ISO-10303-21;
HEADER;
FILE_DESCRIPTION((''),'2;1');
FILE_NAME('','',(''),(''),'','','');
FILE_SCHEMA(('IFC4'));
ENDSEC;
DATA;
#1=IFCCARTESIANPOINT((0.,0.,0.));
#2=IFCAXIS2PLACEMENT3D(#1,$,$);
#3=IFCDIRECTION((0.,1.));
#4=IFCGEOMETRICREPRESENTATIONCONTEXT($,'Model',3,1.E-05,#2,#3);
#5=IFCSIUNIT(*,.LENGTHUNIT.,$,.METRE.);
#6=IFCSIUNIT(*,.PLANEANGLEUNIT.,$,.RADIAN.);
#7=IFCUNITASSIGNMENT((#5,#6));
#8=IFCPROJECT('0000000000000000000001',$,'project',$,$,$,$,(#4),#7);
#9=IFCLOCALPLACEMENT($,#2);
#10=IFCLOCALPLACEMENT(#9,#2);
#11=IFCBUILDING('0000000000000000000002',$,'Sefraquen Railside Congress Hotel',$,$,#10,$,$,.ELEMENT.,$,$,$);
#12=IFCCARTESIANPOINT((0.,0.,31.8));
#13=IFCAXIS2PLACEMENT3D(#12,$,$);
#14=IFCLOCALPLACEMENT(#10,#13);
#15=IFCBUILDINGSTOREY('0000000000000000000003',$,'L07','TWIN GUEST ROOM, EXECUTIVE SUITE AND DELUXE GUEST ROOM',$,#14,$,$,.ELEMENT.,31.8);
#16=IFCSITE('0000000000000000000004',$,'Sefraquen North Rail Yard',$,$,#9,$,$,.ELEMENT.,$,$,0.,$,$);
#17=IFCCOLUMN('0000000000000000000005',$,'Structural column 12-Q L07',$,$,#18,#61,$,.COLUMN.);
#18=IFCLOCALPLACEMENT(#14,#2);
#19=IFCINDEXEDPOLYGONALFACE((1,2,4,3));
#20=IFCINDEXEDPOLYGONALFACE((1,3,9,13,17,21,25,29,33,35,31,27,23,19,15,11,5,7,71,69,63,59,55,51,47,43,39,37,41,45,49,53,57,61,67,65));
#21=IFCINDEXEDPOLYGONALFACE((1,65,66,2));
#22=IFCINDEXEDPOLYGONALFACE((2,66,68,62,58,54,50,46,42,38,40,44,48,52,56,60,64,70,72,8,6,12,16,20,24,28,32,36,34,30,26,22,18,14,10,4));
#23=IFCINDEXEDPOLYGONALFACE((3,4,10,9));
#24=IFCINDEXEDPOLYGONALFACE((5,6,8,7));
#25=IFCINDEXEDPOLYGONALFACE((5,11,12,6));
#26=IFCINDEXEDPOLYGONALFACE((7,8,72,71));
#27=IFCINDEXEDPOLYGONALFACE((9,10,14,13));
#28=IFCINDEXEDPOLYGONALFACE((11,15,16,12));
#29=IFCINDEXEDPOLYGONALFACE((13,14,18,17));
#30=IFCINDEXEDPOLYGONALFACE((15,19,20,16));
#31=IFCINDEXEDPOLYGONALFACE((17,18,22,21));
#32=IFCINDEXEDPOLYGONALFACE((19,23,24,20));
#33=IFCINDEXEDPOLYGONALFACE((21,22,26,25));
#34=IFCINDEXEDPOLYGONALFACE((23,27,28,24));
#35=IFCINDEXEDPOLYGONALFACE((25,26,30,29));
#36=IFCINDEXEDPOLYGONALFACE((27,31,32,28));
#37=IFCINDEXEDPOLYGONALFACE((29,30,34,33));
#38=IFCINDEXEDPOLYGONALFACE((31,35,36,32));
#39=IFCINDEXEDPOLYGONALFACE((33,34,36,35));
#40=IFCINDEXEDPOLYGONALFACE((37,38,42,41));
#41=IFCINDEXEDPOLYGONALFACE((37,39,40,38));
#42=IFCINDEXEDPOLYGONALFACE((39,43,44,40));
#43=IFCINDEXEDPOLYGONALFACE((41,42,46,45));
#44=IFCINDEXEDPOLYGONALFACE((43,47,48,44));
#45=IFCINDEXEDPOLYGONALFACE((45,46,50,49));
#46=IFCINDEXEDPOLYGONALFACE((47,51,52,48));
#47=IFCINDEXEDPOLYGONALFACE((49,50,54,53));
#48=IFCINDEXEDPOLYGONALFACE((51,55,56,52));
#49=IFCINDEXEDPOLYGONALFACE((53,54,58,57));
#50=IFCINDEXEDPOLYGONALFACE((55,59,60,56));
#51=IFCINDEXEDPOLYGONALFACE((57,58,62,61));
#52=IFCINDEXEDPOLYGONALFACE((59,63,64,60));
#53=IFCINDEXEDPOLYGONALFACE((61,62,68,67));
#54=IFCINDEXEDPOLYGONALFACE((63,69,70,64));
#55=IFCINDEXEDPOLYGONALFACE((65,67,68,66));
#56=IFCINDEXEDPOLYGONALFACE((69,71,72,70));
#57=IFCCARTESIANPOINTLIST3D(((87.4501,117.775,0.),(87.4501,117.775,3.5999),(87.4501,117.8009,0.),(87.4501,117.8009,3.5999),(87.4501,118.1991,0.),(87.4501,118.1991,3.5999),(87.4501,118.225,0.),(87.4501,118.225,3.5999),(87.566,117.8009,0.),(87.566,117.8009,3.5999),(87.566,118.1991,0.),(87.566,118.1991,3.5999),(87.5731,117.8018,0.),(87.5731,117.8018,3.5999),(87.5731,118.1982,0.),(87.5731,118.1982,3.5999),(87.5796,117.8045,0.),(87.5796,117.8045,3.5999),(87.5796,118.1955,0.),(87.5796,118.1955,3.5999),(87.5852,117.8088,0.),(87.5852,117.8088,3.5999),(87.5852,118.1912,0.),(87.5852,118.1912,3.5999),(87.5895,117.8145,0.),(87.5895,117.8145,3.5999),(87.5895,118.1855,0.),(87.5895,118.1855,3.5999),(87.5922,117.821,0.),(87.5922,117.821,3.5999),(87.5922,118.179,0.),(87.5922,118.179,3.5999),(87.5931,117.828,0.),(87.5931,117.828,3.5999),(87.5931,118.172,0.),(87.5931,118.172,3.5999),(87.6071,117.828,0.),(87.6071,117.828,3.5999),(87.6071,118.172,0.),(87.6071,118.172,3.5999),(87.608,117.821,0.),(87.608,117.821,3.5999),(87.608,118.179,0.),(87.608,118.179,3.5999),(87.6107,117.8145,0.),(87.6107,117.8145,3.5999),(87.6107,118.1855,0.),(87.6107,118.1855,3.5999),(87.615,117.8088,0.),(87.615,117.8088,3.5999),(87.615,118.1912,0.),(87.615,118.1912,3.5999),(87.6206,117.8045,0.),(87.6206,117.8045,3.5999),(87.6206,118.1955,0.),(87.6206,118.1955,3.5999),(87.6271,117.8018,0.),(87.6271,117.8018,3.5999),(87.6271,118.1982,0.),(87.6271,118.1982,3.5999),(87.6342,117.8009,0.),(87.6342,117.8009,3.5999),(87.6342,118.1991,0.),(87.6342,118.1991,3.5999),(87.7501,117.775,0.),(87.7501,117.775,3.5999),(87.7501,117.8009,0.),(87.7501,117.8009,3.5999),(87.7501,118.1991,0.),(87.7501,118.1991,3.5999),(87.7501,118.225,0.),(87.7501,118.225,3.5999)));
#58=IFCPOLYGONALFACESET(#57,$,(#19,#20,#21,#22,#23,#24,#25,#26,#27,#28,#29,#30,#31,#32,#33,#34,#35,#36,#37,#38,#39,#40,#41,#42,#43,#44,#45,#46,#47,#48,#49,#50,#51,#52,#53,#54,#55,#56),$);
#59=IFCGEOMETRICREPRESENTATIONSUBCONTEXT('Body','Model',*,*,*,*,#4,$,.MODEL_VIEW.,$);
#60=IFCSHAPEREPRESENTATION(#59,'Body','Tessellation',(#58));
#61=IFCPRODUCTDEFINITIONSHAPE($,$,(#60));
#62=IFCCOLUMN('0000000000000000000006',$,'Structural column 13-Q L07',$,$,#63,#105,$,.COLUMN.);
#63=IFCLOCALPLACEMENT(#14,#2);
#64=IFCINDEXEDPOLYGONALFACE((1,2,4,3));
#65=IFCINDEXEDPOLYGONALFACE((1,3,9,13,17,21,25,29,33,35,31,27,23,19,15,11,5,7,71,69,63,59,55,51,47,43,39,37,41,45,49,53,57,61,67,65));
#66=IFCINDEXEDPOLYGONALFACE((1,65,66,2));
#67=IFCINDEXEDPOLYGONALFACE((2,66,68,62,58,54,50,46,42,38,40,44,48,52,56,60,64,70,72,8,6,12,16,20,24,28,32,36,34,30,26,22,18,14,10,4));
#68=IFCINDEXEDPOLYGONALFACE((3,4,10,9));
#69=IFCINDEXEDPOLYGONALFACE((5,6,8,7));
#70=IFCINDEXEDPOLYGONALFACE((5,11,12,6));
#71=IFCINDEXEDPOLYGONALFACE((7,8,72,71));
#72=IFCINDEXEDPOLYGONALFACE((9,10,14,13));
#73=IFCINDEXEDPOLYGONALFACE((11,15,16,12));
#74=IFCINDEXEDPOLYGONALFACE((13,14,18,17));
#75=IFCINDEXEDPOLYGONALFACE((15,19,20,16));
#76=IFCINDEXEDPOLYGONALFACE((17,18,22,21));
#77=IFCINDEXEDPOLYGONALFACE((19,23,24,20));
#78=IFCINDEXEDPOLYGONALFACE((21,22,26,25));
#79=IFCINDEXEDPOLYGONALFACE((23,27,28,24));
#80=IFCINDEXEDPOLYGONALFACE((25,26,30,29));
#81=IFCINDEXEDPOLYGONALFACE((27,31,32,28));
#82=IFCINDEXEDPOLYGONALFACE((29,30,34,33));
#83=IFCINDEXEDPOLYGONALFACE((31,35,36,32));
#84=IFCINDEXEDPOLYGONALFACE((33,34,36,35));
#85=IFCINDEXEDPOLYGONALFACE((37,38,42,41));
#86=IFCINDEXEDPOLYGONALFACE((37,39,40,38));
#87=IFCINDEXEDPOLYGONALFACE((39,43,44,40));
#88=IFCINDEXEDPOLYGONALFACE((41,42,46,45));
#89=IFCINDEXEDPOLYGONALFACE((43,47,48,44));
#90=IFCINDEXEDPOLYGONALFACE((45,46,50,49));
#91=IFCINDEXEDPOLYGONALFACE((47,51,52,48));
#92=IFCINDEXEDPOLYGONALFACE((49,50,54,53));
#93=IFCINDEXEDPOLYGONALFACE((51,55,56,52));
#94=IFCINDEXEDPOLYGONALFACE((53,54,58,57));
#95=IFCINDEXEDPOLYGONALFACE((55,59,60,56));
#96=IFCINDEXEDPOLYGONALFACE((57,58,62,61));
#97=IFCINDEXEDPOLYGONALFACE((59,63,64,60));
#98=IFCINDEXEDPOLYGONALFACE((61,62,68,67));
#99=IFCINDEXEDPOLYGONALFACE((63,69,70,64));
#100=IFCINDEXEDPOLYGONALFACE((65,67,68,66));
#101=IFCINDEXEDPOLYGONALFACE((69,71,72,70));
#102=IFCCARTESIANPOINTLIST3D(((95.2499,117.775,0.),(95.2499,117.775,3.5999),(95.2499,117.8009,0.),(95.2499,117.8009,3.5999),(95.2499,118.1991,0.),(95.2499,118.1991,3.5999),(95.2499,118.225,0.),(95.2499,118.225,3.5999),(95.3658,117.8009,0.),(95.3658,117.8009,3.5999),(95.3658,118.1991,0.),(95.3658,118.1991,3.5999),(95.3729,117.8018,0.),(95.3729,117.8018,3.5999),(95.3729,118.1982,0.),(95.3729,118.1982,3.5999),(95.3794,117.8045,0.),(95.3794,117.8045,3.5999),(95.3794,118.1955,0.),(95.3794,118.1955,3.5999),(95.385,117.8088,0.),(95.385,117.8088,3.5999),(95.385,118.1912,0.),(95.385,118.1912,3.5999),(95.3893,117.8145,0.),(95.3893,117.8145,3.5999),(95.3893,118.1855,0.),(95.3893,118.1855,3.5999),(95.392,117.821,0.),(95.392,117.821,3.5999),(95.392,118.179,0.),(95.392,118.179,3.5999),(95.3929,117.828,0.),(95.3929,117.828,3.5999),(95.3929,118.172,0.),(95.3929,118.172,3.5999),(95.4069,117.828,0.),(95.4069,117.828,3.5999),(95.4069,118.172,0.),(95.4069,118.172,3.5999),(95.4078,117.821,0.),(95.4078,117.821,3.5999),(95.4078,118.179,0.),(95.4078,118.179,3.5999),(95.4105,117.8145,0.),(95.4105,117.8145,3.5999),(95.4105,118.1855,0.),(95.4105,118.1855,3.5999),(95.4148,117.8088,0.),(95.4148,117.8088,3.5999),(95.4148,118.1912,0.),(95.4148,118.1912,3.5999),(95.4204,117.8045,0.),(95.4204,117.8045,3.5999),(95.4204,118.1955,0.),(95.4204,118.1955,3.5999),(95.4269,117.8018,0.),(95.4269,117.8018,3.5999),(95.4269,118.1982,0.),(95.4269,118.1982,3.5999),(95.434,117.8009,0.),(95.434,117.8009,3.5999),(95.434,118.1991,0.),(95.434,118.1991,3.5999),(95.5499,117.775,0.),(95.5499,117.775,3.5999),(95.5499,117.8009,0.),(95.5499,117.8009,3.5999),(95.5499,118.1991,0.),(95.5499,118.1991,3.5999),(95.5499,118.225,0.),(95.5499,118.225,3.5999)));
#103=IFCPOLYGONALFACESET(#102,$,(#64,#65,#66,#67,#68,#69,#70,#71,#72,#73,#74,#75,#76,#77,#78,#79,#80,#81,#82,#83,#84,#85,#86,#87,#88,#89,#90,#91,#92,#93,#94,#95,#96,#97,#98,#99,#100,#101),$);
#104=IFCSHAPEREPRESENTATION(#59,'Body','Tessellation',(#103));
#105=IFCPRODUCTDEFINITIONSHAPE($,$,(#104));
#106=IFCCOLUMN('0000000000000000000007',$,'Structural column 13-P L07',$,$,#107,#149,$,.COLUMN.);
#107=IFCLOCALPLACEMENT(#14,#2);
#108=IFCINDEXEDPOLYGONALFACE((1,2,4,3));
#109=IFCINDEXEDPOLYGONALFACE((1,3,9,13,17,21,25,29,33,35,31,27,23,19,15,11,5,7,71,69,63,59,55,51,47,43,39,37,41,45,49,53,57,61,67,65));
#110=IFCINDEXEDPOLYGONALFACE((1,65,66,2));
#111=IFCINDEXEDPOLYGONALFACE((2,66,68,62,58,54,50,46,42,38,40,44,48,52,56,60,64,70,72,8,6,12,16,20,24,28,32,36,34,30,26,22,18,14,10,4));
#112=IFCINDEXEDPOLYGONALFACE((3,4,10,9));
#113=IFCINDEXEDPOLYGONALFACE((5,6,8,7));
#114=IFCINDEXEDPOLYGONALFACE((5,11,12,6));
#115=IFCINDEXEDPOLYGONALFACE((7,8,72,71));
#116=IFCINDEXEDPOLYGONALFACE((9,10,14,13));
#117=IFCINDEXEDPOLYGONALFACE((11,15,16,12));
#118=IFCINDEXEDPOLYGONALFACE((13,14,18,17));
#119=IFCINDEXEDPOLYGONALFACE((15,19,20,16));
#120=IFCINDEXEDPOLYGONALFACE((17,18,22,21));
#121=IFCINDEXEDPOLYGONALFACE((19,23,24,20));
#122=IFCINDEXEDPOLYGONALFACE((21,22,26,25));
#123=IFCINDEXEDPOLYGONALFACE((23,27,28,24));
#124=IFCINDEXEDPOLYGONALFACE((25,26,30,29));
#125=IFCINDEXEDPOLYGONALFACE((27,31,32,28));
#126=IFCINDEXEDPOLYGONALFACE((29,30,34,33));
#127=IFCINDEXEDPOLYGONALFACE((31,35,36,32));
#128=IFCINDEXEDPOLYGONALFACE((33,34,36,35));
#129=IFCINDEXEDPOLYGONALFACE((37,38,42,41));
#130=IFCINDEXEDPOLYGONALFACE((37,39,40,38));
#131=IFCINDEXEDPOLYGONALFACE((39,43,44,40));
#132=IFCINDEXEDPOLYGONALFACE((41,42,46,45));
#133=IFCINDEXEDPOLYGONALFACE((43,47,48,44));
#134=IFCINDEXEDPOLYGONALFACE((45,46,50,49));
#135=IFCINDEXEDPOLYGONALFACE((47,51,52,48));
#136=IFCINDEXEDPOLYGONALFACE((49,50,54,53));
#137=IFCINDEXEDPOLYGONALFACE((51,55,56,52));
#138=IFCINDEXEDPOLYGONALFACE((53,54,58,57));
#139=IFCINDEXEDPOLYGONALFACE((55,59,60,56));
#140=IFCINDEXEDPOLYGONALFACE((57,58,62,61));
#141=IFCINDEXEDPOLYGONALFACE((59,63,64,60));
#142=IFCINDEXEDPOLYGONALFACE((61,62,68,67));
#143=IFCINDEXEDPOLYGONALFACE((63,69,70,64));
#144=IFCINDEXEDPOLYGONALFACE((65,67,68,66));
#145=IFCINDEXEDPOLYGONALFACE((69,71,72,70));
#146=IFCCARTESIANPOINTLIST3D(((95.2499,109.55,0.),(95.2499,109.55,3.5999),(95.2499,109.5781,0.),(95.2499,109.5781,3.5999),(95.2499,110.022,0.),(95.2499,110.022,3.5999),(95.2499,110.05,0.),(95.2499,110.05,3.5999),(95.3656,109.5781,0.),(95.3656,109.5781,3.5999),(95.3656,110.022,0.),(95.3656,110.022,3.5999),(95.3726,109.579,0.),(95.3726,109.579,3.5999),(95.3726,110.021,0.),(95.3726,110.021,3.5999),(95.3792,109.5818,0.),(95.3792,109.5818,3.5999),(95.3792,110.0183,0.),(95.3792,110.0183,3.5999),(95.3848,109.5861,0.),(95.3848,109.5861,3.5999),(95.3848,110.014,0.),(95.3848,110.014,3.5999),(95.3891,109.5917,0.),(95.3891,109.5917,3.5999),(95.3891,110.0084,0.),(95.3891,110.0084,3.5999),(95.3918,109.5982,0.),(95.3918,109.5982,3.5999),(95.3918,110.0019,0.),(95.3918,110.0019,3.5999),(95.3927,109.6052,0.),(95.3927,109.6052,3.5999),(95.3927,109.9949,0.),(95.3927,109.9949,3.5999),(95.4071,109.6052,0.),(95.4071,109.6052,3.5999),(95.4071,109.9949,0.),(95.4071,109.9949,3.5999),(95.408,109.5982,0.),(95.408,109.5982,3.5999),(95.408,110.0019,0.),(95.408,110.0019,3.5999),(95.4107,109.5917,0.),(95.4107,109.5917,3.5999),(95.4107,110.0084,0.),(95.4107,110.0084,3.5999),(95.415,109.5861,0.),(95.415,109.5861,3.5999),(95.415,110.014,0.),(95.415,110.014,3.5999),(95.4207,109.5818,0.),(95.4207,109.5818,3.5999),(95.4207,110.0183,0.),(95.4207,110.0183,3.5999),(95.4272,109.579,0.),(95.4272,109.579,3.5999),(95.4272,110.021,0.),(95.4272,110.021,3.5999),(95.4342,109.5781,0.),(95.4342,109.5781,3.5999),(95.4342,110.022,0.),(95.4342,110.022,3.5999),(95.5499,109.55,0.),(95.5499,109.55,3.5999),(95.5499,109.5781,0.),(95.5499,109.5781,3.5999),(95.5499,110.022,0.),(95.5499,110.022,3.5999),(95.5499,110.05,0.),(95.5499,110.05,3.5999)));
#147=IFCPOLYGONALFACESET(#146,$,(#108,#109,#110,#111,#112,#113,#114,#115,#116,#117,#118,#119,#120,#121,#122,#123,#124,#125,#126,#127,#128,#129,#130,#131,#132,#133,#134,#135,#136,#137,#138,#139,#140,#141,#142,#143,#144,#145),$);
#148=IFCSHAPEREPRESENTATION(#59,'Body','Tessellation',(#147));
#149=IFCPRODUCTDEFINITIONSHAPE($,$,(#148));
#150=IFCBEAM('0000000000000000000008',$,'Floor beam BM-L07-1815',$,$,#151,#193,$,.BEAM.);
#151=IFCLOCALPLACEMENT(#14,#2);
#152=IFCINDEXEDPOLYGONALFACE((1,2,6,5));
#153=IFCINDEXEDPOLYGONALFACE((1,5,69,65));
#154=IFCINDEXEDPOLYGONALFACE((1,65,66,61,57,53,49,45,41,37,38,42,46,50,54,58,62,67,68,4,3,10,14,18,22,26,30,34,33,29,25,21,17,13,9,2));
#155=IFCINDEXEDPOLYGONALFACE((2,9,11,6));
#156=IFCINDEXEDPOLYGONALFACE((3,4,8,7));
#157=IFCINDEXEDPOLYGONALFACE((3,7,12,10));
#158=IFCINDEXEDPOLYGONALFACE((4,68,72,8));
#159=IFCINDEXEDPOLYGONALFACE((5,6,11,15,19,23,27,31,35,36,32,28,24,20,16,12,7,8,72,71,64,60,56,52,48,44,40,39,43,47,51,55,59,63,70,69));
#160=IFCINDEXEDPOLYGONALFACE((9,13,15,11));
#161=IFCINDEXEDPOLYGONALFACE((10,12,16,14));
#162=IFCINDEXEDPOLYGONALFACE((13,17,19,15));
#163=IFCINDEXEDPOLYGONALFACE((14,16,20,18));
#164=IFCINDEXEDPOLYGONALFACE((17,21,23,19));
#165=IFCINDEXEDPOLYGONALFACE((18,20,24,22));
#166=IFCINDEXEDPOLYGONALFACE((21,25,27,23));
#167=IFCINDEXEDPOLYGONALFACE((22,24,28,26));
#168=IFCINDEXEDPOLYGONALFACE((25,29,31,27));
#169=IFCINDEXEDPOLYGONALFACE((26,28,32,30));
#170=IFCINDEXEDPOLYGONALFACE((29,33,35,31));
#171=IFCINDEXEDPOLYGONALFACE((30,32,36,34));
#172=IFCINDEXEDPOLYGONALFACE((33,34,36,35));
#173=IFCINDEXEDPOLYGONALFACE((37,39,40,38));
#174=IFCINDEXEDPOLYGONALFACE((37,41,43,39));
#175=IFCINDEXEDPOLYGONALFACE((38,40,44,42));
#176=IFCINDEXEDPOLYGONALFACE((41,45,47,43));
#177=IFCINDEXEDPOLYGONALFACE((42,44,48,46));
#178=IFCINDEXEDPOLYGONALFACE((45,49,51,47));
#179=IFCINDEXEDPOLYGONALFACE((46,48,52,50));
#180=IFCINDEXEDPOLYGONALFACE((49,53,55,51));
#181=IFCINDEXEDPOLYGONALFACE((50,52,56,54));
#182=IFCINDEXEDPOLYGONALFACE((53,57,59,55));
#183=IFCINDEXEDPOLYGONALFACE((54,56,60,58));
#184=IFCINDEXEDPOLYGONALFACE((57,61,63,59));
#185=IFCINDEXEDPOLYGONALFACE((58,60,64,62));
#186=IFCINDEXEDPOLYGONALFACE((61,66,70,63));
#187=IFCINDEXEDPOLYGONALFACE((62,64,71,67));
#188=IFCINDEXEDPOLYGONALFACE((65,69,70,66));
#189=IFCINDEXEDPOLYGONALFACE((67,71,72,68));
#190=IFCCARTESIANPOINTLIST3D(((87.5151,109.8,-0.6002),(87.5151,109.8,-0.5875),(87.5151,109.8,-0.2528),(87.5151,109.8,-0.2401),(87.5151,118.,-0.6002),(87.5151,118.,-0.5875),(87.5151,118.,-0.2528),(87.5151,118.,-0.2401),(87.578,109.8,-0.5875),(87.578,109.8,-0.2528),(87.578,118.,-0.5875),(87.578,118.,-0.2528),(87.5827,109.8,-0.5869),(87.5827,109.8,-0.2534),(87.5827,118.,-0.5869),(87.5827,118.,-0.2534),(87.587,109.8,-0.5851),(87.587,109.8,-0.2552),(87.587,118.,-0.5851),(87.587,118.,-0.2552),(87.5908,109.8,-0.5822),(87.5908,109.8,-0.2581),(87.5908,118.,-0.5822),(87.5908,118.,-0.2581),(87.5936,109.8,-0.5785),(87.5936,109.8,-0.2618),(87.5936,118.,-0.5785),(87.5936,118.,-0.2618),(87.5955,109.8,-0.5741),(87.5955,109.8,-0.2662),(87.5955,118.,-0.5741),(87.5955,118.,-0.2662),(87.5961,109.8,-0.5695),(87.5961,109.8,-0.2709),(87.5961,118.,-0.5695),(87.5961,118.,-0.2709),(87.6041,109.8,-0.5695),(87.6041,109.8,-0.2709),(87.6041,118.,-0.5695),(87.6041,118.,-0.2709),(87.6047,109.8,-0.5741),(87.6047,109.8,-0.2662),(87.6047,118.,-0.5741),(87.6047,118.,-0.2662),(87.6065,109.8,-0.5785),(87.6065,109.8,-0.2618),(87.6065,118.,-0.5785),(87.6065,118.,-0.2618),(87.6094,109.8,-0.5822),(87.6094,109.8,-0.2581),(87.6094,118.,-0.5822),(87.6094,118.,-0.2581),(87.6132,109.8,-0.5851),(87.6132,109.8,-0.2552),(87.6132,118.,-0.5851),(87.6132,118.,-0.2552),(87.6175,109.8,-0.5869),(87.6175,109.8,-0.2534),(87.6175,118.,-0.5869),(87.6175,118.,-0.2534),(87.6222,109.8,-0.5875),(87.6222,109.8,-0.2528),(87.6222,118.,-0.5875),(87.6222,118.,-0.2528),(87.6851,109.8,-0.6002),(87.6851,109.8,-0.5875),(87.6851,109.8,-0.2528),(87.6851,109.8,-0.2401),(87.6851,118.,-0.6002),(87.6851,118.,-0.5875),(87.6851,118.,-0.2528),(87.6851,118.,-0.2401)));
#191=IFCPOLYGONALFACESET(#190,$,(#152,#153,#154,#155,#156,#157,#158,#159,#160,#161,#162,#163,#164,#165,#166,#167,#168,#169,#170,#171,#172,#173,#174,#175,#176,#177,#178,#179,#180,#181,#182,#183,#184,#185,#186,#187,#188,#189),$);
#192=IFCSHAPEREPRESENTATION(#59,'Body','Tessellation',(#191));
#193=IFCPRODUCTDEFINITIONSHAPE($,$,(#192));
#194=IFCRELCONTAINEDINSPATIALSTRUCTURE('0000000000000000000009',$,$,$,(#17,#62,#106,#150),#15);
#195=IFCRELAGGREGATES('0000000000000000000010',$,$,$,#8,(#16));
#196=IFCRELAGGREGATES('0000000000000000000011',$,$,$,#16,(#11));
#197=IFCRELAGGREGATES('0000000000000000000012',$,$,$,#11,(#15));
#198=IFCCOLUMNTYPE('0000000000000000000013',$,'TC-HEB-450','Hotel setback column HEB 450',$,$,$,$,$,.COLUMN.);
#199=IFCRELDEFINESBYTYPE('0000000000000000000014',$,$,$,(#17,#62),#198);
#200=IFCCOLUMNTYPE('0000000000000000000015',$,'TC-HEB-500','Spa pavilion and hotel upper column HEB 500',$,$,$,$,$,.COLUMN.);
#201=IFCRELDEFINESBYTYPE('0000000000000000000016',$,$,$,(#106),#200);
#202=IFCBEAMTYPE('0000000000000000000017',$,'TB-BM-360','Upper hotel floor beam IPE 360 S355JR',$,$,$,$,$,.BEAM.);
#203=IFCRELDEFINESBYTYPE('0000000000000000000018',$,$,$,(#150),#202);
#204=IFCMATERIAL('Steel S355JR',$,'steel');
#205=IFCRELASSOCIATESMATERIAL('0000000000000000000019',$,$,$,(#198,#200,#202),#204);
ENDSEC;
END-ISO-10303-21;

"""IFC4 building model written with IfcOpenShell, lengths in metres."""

from ifc_helpers import new_model, si_unit, direction, frame, origin, origin_2d, place, context, subcontext, project, spatial, i_section, extrude, material, material_profile, profile_set, type_object, element, save


model = new_model("IFC4")

# Units and contexts
model_context = context("Model", 3, precision=1e-05, world=origin(), true_north=direction((0.0, 1.0)))
body_context = subcontext(model_context, "Body", "Model", "MODEL_VIEW")
ifc_project = project(units=[si_unit("LENGTHUNIT", "METRE"), si_unit("PLANEANGLEUNIT", "RADIAN")], contexts=[model_context])

# Site, building, storey
site_placement = place(None, origin())
site = spatial("IfcSite", under=ifc_project, at=site_placement, Name="Sefraquen North Rail Yard", CompositionType="ELEMENT", RefElevation=0.0)
building_placement = place(site_placement, origin())
building = spatial("IfcBuilding", under=site, at=building_placement, Name="Sefraquen Railside Congress Hotel", CompositionType="ELEMENT")
storey_placement = place(building_placement, frame((0.0, 0.0, 31.8)))
storey = spatial("IfcBuildingStorey", under=building, at=storey_placement, Name="L07", Description="TWIN GUEST ROOM, EXECUTIVE SUITE AND DELUXE GUEST ROOM", CompositionType="ELEMENT", Elevation=31.8)

# Columns
ifc_material_1 = material(Name="Steel S355JR", Category="steel")
ifc_material_profile_1 = material_profile(ifc_material_1, i_section(OverallWidth=0.3, OverallDepth=0.45, WebThickness=0.0139, FlangeThickness=0.0259, FilletRadius=0.0271, at=origin_2d()), Name="HEB 450")
ifc_profile_set_1 = profile_set([ifc_material_profile_1], Name="Steel S355JR")
column_type_1 = type_object("IfcColumnType", Name="TC-HEB-450", Description="Hotel setback column HEB 450", PredefinedType="COLUMN", material=ifc_profile_set_1)
for number, where, z_axis, x_axis, name in (
    (1, (87.6001, 118.0, 0.0), (0.0, 0.0, 1.0), (1.0, 0.0, 0.0), "Structural column 12-Q L07"),
    (2, (95.3999, 118.0, 0.0), (0.0, 0.0, 1.0), (1.0, 0.0, 0.0), "Structural column 13-Q L07"),
):
    element("IfcColumn", number, at=place(storey_placement, frame(where, z_axis=z_axis, x_axis=x_axis)), inside=storey, type_object=column_type_1, Name=name, PredefinedType="COLUMN", context=body_context, shape_type="SweptSolid", body=[
        extrude(i_section(OverallWidth=0.3, OverallDepth=0.45, WebThickness=0.0139, FlangeThickness=0.0259, FilletRadius=0.0271, at=origin_2d()), origin(), (0.0, 0.0, 1.0), 3.5999),
    ])
ifc_material_profile_2 = material_profile(ifc_material_1, i_section(OverallWidth=0.3, OverallDepth=0.5, WebThickness=0.0144, FlangeThickness=0.0281, FilletRadius=0.0271, at=origin_2d()), Name="HEB 500")
ifc_profile_set_2 = profile_set([ifc_material_profile_2], Name="Steel S355JR")
column_type_2 = type_object("IfcColumnType", Name="TC-HEB-500", Description="Spa pavilion and hotel upper column HEB 500", PredefinedType="COLUMN", material=ifc_profile_set_2)
column_placement = place(storey_placement, frame((95.3999, 109.8, 0.0), z_axis=(0.0, 0.0, 1.0), x_axis=(1.0, 0.0, 0.0)))
element("IfcColumn", 3, at=column_placement, inside=storey, type_object=column_type_2, Name="Structural column 13-P L07", PredefinedType="COLUMN", context=body_context, shape_type="SweptSolid", body=[
    extrude(i_section(OverallWidth=0.3, OverallDepth=0.5, WebThickness=0.0144, FlangeThickness=0.0281, FilletRadius=0.0271, at=origin_2d()), origin(), (0.0, 0.0, 1.0), 3.5999),
])

# Beam
ifc_material_profile_3 = material_profile(ifc_material_1, i_section(OverallWidth=0.1699, OverallDepth=0.3601, WebThickness=0.0081, FlangeThickness=0.0127, FilletRadius=0.0181, at=origin_2d()), Name="IPE 360")
ifc_profile_set_3 = profile_set([ifc_material_profile_3], Name="Steel S355JR")
beam_type_1 = type_object("IfcBeamType", Name="TB-BM-360", Description="Upper hotel floor beam IPE 360 S355JR", PredefinedType="BEAM", material=ifc_profile_set_3)
for number, where, z_axis, x_axis, name in (
    (4, (87.6001, 109.8, -0.4202), (0.0, 1.0, 0.0), (-1.0, 0.0, 0.0), "Floor beam BM-L07-1815"),
):
    element("IfcBeam", number, at=place(storey_placement, frame(where, z_axis=z_axis, x_axis=x_axis)), inside=storey, type_object=beam_type_1, Name=name, PredefinedType="BEAM", context=body_context, shape_type="SweptSolid", body=[
        extrude(i_section(OverallWidth=0.1699, OverallDepth=0.3601, WebThickness=0.0081, FlangeThickness=0.0127, FilletRadius=0.0181, at=origin_2d()), origin(), (0.0, 0.0, 1.0), 8.2),
    ])

save(model, "model.ifc")
